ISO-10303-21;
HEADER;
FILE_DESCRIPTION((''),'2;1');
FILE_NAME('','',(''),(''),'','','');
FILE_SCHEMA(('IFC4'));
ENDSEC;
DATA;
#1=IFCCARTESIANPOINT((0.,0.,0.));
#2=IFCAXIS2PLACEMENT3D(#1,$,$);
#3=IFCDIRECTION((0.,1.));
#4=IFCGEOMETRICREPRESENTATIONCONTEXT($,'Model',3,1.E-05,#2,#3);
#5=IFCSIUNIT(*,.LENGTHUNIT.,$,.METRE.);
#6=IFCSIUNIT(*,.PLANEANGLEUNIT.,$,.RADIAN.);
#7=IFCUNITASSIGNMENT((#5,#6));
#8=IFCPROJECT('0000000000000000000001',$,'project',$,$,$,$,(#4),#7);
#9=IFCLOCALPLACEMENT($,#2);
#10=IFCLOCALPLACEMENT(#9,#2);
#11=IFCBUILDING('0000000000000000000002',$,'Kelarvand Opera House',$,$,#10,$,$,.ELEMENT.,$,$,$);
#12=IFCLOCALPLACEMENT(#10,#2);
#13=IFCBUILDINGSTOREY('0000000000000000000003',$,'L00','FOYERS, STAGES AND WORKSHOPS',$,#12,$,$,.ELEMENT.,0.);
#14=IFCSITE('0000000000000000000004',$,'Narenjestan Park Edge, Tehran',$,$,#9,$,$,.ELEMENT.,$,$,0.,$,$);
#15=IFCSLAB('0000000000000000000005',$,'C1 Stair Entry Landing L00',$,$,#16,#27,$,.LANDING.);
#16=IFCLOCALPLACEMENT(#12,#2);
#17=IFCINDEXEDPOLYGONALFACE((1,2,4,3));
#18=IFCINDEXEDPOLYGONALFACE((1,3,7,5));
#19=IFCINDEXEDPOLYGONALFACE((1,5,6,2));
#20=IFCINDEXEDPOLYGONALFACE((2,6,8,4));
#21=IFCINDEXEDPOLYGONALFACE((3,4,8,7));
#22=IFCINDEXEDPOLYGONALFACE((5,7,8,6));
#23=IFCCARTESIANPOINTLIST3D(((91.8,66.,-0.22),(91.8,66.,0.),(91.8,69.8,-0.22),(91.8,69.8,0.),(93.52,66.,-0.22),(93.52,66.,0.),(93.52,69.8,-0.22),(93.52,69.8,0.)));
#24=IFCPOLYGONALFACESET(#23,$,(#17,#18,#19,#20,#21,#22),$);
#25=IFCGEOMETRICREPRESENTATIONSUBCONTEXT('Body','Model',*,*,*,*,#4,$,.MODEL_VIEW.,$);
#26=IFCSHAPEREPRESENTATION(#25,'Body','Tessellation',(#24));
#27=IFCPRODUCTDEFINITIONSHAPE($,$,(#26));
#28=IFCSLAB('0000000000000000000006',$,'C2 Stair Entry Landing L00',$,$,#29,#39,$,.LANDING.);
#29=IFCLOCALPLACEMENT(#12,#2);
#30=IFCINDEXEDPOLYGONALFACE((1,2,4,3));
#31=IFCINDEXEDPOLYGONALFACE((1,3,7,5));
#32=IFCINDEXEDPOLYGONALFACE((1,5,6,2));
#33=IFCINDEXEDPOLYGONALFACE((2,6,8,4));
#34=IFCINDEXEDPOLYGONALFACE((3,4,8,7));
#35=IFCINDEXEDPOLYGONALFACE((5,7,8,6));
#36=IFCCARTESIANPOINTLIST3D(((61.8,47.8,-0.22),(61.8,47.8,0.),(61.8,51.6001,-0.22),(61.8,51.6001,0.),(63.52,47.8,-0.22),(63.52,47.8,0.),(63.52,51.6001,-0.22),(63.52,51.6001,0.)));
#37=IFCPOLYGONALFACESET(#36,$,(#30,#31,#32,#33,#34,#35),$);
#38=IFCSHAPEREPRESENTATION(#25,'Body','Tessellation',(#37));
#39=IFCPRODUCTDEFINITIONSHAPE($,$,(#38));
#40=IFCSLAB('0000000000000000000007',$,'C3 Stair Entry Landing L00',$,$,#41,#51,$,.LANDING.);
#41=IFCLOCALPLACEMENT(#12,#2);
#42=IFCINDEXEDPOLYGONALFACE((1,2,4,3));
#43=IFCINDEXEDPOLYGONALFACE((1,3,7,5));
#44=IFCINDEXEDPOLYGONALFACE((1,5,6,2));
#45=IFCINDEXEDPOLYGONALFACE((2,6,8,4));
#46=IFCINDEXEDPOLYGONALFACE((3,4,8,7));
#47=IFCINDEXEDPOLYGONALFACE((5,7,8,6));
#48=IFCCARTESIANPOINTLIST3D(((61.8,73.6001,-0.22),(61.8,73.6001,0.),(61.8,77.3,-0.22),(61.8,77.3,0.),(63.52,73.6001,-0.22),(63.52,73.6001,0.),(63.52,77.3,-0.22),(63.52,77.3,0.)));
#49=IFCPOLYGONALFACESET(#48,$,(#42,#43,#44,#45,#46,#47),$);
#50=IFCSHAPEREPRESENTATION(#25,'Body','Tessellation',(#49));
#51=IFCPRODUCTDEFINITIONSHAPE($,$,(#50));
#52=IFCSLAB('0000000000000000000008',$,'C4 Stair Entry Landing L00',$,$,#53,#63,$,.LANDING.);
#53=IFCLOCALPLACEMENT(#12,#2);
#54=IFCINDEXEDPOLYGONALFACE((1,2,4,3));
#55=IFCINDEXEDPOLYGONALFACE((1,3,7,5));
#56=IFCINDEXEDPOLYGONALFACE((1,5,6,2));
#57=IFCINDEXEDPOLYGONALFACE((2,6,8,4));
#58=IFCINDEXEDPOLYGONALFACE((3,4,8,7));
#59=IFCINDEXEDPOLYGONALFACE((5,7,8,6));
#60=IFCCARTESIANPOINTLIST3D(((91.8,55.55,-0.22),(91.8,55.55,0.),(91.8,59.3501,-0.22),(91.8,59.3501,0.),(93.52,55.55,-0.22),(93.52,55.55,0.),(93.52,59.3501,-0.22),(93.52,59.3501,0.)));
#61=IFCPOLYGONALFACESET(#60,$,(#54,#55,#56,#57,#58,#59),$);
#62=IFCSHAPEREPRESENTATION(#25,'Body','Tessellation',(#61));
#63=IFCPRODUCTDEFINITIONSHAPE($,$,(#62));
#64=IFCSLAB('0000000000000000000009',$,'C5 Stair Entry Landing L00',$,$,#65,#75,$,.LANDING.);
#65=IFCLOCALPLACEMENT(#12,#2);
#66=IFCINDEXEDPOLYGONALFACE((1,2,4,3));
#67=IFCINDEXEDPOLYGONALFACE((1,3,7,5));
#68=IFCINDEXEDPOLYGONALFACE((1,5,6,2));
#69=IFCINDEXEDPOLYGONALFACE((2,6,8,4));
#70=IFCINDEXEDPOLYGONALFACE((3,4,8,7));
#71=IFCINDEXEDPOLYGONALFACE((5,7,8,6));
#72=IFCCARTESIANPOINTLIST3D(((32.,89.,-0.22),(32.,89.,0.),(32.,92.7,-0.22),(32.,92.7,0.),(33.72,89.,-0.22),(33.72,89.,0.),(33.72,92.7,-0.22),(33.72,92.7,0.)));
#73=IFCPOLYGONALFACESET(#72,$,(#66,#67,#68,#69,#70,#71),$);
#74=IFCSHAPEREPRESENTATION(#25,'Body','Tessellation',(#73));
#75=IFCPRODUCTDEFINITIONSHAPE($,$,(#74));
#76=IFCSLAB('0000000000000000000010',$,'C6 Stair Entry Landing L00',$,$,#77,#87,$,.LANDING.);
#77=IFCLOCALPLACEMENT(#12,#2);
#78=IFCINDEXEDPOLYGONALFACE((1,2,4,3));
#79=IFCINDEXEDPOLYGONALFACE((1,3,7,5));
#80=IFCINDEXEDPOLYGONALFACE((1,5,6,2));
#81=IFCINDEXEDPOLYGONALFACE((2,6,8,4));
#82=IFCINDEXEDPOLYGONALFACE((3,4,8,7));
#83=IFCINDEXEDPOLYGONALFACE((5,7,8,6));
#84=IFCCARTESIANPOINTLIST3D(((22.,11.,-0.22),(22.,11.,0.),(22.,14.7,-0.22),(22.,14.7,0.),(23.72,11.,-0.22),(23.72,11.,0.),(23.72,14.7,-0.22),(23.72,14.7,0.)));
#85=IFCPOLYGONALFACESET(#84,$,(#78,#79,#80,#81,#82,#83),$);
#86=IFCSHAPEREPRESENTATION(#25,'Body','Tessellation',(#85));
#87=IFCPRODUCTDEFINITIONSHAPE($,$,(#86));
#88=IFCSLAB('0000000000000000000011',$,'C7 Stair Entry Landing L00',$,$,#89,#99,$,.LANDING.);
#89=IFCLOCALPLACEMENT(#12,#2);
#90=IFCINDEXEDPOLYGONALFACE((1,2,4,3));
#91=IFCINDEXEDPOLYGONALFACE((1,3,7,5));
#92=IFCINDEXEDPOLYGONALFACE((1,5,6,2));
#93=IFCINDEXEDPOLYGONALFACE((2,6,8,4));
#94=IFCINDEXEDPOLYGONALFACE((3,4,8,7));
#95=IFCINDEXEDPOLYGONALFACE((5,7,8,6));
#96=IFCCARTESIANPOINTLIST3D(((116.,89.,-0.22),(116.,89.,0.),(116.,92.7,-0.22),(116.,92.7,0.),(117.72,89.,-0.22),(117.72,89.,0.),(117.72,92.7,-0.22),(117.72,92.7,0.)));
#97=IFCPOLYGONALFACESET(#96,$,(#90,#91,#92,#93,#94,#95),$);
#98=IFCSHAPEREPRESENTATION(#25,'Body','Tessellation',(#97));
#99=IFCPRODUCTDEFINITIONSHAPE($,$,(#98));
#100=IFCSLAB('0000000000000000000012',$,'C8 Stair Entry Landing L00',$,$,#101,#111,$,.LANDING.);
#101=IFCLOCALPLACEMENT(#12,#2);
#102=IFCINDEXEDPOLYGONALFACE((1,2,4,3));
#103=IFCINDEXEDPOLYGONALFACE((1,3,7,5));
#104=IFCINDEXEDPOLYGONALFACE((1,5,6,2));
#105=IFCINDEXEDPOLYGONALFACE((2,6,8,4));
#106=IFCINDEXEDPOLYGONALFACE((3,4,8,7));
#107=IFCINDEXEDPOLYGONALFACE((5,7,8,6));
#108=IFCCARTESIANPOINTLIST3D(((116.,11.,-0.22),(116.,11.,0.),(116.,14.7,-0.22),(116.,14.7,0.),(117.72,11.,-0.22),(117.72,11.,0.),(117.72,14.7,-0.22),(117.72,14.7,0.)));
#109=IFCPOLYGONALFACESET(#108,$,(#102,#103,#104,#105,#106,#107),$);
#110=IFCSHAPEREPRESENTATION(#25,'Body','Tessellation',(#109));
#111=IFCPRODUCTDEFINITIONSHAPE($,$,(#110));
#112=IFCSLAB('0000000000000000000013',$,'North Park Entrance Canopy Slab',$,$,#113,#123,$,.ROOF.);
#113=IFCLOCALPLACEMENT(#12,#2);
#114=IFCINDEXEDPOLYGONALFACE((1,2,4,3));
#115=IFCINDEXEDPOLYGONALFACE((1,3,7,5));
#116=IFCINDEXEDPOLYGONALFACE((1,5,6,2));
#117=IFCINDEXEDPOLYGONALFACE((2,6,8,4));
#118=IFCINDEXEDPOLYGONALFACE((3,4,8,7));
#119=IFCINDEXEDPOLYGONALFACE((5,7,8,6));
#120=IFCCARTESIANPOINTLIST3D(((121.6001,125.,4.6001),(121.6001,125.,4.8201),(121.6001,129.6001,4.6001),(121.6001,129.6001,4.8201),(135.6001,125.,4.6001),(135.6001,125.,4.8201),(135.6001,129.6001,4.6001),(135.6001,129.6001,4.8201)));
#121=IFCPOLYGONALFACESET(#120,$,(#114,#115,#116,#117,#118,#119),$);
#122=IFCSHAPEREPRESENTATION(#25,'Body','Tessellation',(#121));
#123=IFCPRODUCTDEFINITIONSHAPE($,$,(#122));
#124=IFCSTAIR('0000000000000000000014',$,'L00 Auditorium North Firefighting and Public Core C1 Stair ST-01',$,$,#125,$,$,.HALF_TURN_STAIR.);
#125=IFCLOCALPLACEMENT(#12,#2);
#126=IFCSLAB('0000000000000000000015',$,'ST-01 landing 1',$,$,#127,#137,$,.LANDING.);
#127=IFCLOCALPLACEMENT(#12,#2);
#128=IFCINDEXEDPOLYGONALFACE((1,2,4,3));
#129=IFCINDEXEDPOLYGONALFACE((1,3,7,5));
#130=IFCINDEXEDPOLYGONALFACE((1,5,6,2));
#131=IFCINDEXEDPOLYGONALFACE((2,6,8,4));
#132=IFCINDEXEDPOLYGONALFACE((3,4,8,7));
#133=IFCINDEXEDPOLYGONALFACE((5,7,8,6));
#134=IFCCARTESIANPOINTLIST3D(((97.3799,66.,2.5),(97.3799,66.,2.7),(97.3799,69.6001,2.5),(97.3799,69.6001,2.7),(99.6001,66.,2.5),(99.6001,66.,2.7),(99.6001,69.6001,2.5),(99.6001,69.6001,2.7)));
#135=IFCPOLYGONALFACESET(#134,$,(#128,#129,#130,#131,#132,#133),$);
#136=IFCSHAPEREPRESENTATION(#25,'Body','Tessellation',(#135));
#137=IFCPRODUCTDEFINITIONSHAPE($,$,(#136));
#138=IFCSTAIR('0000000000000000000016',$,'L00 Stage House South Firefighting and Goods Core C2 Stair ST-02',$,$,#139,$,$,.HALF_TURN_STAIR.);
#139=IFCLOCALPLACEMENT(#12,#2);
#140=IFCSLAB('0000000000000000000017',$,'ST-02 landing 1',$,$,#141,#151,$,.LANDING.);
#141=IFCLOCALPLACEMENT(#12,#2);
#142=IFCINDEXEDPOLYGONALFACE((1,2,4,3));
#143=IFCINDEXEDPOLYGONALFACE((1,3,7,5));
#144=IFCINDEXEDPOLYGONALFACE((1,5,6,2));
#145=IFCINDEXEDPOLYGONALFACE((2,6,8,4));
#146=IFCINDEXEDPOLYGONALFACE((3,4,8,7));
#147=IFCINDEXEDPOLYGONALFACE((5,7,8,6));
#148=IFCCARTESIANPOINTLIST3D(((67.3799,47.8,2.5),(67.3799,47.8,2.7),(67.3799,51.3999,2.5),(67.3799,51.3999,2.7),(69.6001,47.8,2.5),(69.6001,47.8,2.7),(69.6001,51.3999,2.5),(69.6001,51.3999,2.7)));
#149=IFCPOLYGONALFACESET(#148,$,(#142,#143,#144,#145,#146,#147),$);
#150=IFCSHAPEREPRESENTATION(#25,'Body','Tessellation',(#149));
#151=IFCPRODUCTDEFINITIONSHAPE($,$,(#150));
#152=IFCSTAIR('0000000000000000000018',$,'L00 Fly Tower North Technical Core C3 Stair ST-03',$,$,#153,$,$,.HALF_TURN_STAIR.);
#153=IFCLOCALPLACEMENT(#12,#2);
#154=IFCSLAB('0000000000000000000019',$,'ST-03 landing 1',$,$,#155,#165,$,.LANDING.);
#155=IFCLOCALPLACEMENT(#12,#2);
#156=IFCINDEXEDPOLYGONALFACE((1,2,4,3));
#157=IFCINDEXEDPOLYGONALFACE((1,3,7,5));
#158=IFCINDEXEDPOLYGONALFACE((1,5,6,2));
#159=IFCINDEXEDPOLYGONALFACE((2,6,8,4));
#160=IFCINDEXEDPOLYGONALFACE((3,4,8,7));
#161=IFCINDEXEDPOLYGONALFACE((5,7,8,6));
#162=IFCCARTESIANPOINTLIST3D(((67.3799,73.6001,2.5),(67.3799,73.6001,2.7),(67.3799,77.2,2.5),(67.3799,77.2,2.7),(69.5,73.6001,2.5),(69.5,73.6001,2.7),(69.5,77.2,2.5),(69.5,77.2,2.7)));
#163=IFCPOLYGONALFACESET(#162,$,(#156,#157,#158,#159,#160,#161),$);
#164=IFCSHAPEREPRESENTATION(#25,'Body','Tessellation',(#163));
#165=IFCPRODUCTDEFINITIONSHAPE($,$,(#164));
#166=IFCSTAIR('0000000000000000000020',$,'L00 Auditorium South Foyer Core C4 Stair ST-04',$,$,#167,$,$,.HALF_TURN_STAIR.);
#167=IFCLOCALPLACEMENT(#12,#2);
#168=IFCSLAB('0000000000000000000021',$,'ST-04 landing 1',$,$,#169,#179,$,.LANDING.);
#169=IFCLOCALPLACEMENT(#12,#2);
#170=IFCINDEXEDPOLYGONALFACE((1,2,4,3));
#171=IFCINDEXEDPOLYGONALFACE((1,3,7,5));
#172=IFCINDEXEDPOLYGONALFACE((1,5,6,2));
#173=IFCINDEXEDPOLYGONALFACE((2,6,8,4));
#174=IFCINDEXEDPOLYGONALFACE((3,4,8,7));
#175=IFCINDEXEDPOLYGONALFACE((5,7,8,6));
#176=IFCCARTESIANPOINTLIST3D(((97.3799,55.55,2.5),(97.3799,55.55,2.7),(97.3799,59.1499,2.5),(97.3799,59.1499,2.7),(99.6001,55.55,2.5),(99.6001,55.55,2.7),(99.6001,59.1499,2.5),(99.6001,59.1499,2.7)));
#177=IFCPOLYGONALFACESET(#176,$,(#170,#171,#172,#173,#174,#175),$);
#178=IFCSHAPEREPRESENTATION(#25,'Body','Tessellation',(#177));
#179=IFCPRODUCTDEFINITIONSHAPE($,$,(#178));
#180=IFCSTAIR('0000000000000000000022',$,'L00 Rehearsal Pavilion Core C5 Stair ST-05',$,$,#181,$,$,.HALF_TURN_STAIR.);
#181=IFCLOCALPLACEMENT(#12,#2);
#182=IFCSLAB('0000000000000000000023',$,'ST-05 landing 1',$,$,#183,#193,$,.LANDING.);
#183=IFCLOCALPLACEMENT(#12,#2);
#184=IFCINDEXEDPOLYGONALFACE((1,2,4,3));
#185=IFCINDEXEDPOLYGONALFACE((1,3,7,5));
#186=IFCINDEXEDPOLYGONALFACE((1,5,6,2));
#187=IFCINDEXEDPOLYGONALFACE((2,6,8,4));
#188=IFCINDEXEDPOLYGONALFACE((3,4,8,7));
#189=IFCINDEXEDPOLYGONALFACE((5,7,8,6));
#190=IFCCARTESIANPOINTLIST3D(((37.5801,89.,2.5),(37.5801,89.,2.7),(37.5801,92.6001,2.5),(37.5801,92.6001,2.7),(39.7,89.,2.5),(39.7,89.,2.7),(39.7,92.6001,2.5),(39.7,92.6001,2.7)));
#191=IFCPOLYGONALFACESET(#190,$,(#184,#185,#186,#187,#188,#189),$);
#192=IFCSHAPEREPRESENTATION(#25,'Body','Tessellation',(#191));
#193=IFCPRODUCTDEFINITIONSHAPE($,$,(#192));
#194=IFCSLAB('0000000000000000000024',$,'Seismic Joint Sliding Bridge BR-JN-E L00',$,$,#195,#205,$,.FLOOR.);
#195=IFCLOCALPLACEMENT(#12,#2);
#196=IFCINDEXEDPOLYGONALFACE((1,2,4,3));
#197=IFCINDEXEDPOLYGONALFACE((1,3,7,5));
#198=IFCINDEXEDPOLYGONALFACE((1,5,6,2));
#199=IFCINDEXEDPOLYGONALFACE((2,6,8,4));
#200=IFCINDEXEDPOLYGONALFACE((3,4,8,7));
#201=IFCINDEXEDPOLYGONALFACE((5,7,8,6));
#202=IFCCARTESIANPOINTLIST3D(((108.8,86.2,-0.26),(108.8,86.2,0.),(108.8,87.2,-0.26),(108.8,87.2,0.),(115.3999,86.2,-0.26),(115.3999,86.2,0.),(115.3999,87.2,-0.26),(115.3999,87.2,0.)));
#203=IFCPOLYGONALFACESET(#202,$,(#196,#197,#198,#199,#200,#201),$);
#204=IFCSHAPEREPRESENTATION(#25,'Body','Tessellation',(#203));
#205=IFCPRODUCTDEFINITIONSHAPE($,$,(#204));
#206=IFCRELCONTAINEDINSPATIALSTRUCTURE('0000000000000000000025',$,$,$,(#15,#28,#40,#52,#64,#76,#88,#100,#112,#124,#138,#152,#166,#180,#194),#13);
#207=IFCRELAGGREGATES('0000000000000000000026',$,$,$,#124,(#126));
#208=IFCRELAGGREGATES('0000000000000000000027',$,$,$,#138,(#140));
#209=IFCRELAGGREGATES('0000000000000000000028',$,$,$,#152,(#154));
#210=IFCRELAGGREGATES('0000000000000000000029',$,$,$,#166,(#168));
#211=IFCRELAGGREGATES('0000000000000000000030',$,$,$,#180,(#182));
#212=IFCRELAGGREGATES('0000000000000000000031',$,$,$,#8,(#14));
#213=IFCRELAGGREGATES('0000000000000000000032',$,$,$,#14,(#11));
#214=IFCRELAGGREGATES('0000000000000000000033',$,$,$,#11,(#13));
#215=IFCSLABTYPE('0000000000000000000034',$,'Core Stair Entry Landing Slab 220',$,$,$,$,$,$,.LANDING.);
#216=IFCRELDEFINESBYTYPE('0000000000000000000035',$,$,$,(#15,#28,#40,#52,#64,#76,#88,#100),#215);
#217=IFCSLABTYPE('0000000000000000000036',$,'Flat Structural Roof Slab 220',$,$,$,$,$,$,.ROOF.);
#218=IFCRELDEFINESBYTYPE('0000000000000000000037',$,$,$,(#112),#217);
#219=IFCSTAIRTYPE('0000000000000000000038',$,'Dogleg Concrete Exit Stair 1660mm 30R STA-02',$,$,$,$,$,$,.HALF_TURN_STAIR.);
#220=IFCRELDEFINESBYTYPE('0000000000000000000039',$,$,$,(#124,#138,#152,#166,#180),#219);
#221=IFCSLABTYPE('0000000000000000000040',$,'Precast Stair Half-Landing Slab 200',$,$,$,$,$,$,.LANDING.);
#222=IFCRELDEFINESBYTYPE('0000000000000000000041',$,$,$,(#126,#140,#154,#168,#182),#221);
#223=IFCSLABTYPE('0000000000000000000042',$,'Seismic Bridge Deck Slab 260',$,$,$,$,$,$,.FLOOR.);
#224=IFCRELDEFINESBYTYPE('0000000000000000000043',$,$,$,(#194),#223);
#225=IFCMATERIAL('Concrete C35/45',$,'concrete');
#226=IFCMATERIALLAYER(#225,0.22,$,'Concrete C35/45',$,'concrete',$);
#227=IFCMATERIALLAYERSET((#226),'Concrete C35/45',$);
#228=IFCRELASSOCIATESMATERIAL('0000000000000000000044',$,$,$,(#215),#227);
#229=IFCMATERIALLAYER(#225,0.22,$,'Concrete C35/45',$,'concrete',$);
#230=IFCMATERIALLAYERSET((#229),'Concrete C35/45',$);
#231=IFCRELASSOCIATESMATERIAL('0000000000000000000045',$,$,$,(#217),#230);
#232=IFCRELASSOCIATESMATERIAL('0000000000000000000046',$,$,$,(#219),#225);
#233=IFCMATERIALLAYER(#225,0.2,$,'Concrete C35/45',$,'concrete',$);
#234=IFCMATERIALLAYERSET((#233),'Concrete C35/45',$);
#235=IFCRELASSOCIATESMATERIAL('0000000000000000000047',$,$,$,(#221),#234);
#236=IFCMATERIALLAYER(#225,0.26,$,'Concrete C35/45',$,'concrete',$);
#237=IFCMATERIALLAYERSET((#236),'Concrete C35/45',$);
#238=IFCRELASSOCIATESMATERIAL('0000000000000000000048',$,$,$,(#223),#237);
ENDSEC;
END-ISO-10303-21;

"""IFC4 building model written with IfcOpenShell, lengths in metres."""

from ifc_helpers import new_model, si_unit, direction, frame, origin, place, context, subcontext, project, spatial, polyline, outline, extrude, material, layer, layer_set, type_object, element, aggregate, save


model = new_model("IFC4")

# Units and contexts
model_context = context("Model", 3, precision=1e-05, world=origin(), true_north=direction((0.0, 1.0)))
body_context = subcontext(model_context, "Body", "Model", "MODEL_VIEW")
ifc_project = project(units=[si_unit("LENGTHUNIT", "METRE"), si_unit("PLANEANGLEUNIT", "RADIAN")], contexts=[model_context])

# Site, building, storey
site_placement = place(None, origin())
site = spatial("IfcSite", under=ifc_project, at=site_placement, Name="Narenjestan Park Edge, Tehran", CompositionType="ELEMENT", RefElevation=0.0)
building_placement = place(site_placement, origin())
building = spatial("IfcBuilding", under=site, at=building_placement, Name="Kelarvand Opera House", CompositionType="ELEMENT")
storey_placement = place(building_placement, origin())
storey = spatial("IfcBuildingStorey", under=building, at=storey_placement, Name="L00", Description="FOYERS, STAGES AND WORKSHOPS", CompositionType="ELEMENT", Elevation=0.0)

# Slabs
ifc_material = material(Name="Concrete C35/45", Category="concrete")
ifc_layer_1 = layer(ifc_material, 0.22, Name="Concrete C35/45", Category="concrete")
ifc_layer_set_1 = layer_set([ifc_layer_1], Name="Concrete C35/45")
slab_type_1 = type_object("IfcSlabType", Name="Core Stair Entry Landing Slab 220", PredefinedType="LANDING", material=ifc_layer_set_1)
slab_1_placement = place(storey_placement, frame((0.0, 0.0, -0.22)))
element("IfcSlab", 1, at=slab_1_placement, inside=storey, type_object=slab_type_1, Name="C1 Stair Entry Landing L00", PredefinedType="LANDING", context=body_context, shape_type="SweptSolid", body=[
    extrude(outline(polyline([(91.8, 66.0), (93.52, 66.0), (93.52, 69.8), (91.8, 69.8), (91.8, 66.0)])), origin(), (0.0, 0.0, 1.0), 0.22),
])
slab_2_placement = place(storey_placement, frame((0.0, 0.0, -0.22)))
element("IfcSlab", 2, at=slab_2_placement, inside=storey, type_object=slab_type_1, Name="C2 Stair Entry Landing L00", PredefinedType="LANDING", context=body_context, shape_type="SweptSolid", body=[
    extrude(outline(polyline([(61.8, 47.8), (63.52, 47.8), (63.52, 51.6001), (61.8, 51.6001), (61.8, 47.8)])), origin(), (0.0, 0.0, 1.0), 0.22),
])
slab_3_placement = place(storey_placement, frame((0.0, 0.0, -0.22)))
element("IfcSlab", 3, at=slab_3_placement, inside=storey, type_object=slab_type_1, Name="C3 Stair Entry Landing L00", PredefinedType="LANDING", context=body_context, shape_type="SweptSolid", body=[
    extrude(outline(polyline([(61.8, 73.6001), (63.52, 73.6001), (63.52, 77.3), (61.8, 77.3), (61.8, 73.6001)])), origin(), (0.0, 0.0, 1.0), 0.22),
])
slab_4_placement = place(storey_placement, frame((0.0, 0.0, -0.22)))
element("IfcSlab", 4, at=slab_4_placement, inside=storey, type_object=slab_type_1, Name="C4 Stair Entry Landing L00", PredefinedType="LANDING", context=body_context, shape_type="SweptSolid", body=[
    extrude(outline(polyline([(91.8, 55.55), (93.52, 55.55), (93.52, 59.3501), (91.8, 59.3501), (91.8, 55.55)])), origin(), (0.0, 0.0, 1.0), 0.22),
])
slab_5_placement = place(storey_placement, frame((0.0, 0.0, -0.22)))
element("IfcSlab", 5, at=slab_5_placement, inside=storey, type_object=slab_type_1, Name="C5 Stair Entry Landing L00", PredefinedType="LANDING", context=body_context, shape_type="SweptSolid", body=[
    extrude(outline(polyline([(32.0, 89.0), (33.72, 89.0), (33.72, 92.7), (32.0, 92.7), (32.0, 89.0)])), origin(), (0.0, 0.0, 1.0), 0.22),
])
slab_6_placement = place(storey_placement, frame((0.0, 0.0, -0.22)))
element("IfcSlab", 6, at=slab_6_placement, inside=storey, type_object=slab_type_1, Name="C6 Stair Entry Landing L00", PredefinedType="LANDING", context=body_context, shape_type="SweptSolid", body=[
    extrude(outline(polyline([(22.0, 11.0), (23.72, 11.0), (23.72, 14.7), (22.0, 14.7), (22.0, 11.0)])), origin(), (0.0, 0.0, 1.0), 0.22),
])
slab_7_placement = place(storey_placement, frame((0.0, 0.0, -0.22)))
element("IfcSlab", 7, at=slab_7_placement, inside=storey, type_object=slab_type_1, Name="C7 Stair Entry Landing L00", PredefinedType="LANDING", context=body_context, shape_type="SweptSolid", body=[
    extrude(outline(polyline([(116.0, 89.0), (117.72, 89.0), (117.72, 92.7), (116.0, 92.7), (116.0, 89.0)])), origin(), (0.0, 0.0, 1.0), 0.22),
])
slab_8_placement = place(storey_placement, frame((0.0, 0.0, -0.22)))
element("IfcSlab", 8, at=slab_8_placement, inside=storey, type_object=slab_type_1, Name="C8 Stair Entry Landing L00", PredefinedType="LANDING", context=body_context, shape_type="SweptSolid", body=[
    extrude(outline(polyline([(116.0, 11.0), (117.72, 11.0), (117.72, 14.7), (116.0, 14.7), (116.0, 11.0)])), origin(), (0.0, 0.0, 1.0), 0.22),
])
ifc_layer_2 = layer(ifc_material, 0.22, Name="Concrete C35/45", Category="concrete")
ifc_layer_set_2 = layer_set([ifc_layer_2], Name="Concrete C35/45")
slab_type_2 = type_object("IfcSlabType", Name="Flat Structural Roof Slab 220", PredefinedType="ROOF", material=ifc_layer_set_2)
slab_9_placement = place(storey_placement, frame((0.0, 0.0, 4.6001)))
element("IfcSlab", 9, at=slab_9_placement, inside=storey, type_object=slab_type_2, Name="North Park Entrance Canopy Slab", PredefinedType="ROOF", context=body_context, shape_type="SweptSolid", body=[
    extrude(outline(polyline([(121.6001, 125.0), (135.6001, 125.0), (135.6001, 129.6001), (121.6001, 129.6001), (121.6001, 125.0)])), origin(), (0.0, 0.0, 1.0), 0.22),
])

# Stairs, slabs
stair_type = type_object("IfcStairType", Name="Dogleg Concrete Exit Stair 1660mm 30R STA-02", PredefinedType="HALF_TURN_STAIR", material=ifc_material)
stair_1_placement = place(storey_placement, origin())
stair_1 = element("IfcStair", 10, at=stair_1_placement, inside=storey, type_object=stair_type, Name="L00 Auditorium North Firefighting and Public Core C1 Stair ST-01", PredefinedType="HALF_TURN_STAIR")
ifc_layer_3 = layer(ifc_material, 0.2, Name="Concrete C35/45", Category="concrete")
ifc_layer_set_3 = layer_set([ifc_layer_3], Name="Concrete C35/45")
slab_type_3 = type_object("IfcSlabType", Name="Precast Stair Half-Landing Slab 200", PredefinedType="LANDING", material=ifc_layer_set_3)
slab_10_placement = place(storey_placement, frame((0.0, 0.0, 2.5)))
slab_10 = element("IfcSlab", 11, at=slab_10_placement, type_object=slab_type_3, Name="ST-01 landing 1", PredefinedType="LANDING", context=body_context, shape_type="SweptSolid", body=[
    extrude(outline(polyline([(97.3799, 66.0), (99.6001, 66.0), (99.6001, 69.6001), (97.3799, 69.6001), (97.3799, 66.0)])), origin(), (0.0, 0.0, 1.0), 0.2),
])
aggregate(stair_1, [slab_10])
stair_2_placement = place(storey_placement, origin())
stair_2 = element("IfcStair", 12, at=stair_2_placement, inside=storey, type_object=stair_type, Name="L00 Stage House South Firefighting and Goods Core C2 Stair ST-02", PredefinedType="HALF_TURN_STAIR")
slab_11_placement = place(storey_placement, frame((0.0, 0.0, 2.5)))
slab_11 = element("IfcSlab", 13, at=slab_11_placement, type_object=slab_type_3, Name="ST-02 landing 1", PredefinedType="LANDING", context=body_context, shape_type="SweptSolid", body=[
    extrude(outline(polyline([(67.3799, 47.8), (69.6001, 47.8), (69.6001, 51.3999), (67.3799, 51.3999), (67.3799, 47.8)])), origin(), (0.0, 0.0, 1.0), 0.2),
])
aggregate(stair_2, [slab_11])
stair_3_placement = place(storey_placement, origin())
stair_3 = element("IfcStair", 14, at=stair_3_placement, inside=storey, type_object=stair_type, Name="L00 Fly Tower North Technical Core C3 Stair ST-03", PredefinedType="HALF_TURN_STAIR")
slab_12_placement = place(storey_placement, frame((0.0, 0.0, 2.5)))
slab_12 = element("IfcSlab", 15, at=slab_12_placement, type_object=slab_type_3, Name="ST-03 landing 1", PredefinedType="LANDING", context=body_context, shape_type="SweptSolid", body=[
    extrude(outline(polyline([(67.3799, 73.6001), (69.5, 73.6001), (69.5, 77.2), (67.3799, 77.2), (67.3799, 73.6001)])), origin(), (0.0, 0.0, 1.0), 0.2),
])
aggregate(stair_3, [slab_12])
stair_4_placement = place(storey_placement, origin())
stair_4 = element("IfcStair", 16, at=stair_4_placement, inside=storey, type_object=stair_type, Name="L00 Auditorium South Foyer Core C4 Stair ST-04", PredefinedType="HALF_TURN_STAIR")
slab_13_placement = place(storey_placement, frame((0.0, 0.0, 2.5)))
slab_13 = element("IfcSlab", 17, at=slab_13_placement, type_object=slab_type_3, Name="ST-04 landing 1", PredefinedType="LANDING", context=body_context, shape_type="SweptSolid", body=[
    extrude(outline(polyline([(97.3799, 55.55), (99.6001, 55.55), (99.6001, 59.1499), (97.3799, 59.1499), (97.3799, 55.55)])), origin(), (0.0, 0.0, 1.0), 0.2),
])
aggregate(stair_4, [slab_13])
stair_5_placement = place(storey_placement, origin())
stair_5 = element("IfcStair", 18, at=stair_5_placement, inside=storey, type_object=stair_type, Name="L00 Rehearsal Pavilion Core C5 Stair ST-05", PredefinedType="HALF_TURN_STAIR")
slab_14_placement = place(storey_placement, frame((0.0, 0.0, 2.5)))
slab_14 = element("IfcSlab", 19, at=slab_14_placement, type_object=slab_type_3, Name="ST-05 landing 1", PredefinedType="LANDING", context=body_context, shape_type="SweptSolid", body=[
    extrude(outline(polyline([(37.5801, 89.0), (39.7, 89.0), (39.7, 92.6001), (37.5801, 92.6001), (37.5801, 89.0)])), origin(), (0.0, 0.0, 1.0), 0.2),
])
aggregate(stair_5, [slab_14])

# Slab
ifc_layer_4 = layer(ifc_material, 0.26, Name="Concrete C35/45", Category="concrete")
ifc_layer_set_4 = layer_set([ifc_layer_4], Name="Concrete C35/45")
slab_type_4 = type_object("IfcSlabType", Name="Seismic Bridge Deck Slab 260", PredefinedType="FLOOR", material=ifc_layer_set_4)
slab_15_placement = place(storey_placement, frame((0.0, 0.0, -0.26)))
element("IfcSlab", 20, at=slab_15_placement, inside=storey, type_object=slab_type_4, Name="Seismic Joint Sliding Bridge BR-JN-E L00", PredefinedType="FLOOR", context=body_context, shape_type="SweptSolid", body=[
    extrude(outline(polyline([(108.8, 86.2), (115.3999, 86.2), (115.3999, 87.2), (108.8, 87.2), (108.8, 86.2)])), origin(), (0.0, 0.0, 1.0), 0.26),
])

save(model, "model.ifc")
